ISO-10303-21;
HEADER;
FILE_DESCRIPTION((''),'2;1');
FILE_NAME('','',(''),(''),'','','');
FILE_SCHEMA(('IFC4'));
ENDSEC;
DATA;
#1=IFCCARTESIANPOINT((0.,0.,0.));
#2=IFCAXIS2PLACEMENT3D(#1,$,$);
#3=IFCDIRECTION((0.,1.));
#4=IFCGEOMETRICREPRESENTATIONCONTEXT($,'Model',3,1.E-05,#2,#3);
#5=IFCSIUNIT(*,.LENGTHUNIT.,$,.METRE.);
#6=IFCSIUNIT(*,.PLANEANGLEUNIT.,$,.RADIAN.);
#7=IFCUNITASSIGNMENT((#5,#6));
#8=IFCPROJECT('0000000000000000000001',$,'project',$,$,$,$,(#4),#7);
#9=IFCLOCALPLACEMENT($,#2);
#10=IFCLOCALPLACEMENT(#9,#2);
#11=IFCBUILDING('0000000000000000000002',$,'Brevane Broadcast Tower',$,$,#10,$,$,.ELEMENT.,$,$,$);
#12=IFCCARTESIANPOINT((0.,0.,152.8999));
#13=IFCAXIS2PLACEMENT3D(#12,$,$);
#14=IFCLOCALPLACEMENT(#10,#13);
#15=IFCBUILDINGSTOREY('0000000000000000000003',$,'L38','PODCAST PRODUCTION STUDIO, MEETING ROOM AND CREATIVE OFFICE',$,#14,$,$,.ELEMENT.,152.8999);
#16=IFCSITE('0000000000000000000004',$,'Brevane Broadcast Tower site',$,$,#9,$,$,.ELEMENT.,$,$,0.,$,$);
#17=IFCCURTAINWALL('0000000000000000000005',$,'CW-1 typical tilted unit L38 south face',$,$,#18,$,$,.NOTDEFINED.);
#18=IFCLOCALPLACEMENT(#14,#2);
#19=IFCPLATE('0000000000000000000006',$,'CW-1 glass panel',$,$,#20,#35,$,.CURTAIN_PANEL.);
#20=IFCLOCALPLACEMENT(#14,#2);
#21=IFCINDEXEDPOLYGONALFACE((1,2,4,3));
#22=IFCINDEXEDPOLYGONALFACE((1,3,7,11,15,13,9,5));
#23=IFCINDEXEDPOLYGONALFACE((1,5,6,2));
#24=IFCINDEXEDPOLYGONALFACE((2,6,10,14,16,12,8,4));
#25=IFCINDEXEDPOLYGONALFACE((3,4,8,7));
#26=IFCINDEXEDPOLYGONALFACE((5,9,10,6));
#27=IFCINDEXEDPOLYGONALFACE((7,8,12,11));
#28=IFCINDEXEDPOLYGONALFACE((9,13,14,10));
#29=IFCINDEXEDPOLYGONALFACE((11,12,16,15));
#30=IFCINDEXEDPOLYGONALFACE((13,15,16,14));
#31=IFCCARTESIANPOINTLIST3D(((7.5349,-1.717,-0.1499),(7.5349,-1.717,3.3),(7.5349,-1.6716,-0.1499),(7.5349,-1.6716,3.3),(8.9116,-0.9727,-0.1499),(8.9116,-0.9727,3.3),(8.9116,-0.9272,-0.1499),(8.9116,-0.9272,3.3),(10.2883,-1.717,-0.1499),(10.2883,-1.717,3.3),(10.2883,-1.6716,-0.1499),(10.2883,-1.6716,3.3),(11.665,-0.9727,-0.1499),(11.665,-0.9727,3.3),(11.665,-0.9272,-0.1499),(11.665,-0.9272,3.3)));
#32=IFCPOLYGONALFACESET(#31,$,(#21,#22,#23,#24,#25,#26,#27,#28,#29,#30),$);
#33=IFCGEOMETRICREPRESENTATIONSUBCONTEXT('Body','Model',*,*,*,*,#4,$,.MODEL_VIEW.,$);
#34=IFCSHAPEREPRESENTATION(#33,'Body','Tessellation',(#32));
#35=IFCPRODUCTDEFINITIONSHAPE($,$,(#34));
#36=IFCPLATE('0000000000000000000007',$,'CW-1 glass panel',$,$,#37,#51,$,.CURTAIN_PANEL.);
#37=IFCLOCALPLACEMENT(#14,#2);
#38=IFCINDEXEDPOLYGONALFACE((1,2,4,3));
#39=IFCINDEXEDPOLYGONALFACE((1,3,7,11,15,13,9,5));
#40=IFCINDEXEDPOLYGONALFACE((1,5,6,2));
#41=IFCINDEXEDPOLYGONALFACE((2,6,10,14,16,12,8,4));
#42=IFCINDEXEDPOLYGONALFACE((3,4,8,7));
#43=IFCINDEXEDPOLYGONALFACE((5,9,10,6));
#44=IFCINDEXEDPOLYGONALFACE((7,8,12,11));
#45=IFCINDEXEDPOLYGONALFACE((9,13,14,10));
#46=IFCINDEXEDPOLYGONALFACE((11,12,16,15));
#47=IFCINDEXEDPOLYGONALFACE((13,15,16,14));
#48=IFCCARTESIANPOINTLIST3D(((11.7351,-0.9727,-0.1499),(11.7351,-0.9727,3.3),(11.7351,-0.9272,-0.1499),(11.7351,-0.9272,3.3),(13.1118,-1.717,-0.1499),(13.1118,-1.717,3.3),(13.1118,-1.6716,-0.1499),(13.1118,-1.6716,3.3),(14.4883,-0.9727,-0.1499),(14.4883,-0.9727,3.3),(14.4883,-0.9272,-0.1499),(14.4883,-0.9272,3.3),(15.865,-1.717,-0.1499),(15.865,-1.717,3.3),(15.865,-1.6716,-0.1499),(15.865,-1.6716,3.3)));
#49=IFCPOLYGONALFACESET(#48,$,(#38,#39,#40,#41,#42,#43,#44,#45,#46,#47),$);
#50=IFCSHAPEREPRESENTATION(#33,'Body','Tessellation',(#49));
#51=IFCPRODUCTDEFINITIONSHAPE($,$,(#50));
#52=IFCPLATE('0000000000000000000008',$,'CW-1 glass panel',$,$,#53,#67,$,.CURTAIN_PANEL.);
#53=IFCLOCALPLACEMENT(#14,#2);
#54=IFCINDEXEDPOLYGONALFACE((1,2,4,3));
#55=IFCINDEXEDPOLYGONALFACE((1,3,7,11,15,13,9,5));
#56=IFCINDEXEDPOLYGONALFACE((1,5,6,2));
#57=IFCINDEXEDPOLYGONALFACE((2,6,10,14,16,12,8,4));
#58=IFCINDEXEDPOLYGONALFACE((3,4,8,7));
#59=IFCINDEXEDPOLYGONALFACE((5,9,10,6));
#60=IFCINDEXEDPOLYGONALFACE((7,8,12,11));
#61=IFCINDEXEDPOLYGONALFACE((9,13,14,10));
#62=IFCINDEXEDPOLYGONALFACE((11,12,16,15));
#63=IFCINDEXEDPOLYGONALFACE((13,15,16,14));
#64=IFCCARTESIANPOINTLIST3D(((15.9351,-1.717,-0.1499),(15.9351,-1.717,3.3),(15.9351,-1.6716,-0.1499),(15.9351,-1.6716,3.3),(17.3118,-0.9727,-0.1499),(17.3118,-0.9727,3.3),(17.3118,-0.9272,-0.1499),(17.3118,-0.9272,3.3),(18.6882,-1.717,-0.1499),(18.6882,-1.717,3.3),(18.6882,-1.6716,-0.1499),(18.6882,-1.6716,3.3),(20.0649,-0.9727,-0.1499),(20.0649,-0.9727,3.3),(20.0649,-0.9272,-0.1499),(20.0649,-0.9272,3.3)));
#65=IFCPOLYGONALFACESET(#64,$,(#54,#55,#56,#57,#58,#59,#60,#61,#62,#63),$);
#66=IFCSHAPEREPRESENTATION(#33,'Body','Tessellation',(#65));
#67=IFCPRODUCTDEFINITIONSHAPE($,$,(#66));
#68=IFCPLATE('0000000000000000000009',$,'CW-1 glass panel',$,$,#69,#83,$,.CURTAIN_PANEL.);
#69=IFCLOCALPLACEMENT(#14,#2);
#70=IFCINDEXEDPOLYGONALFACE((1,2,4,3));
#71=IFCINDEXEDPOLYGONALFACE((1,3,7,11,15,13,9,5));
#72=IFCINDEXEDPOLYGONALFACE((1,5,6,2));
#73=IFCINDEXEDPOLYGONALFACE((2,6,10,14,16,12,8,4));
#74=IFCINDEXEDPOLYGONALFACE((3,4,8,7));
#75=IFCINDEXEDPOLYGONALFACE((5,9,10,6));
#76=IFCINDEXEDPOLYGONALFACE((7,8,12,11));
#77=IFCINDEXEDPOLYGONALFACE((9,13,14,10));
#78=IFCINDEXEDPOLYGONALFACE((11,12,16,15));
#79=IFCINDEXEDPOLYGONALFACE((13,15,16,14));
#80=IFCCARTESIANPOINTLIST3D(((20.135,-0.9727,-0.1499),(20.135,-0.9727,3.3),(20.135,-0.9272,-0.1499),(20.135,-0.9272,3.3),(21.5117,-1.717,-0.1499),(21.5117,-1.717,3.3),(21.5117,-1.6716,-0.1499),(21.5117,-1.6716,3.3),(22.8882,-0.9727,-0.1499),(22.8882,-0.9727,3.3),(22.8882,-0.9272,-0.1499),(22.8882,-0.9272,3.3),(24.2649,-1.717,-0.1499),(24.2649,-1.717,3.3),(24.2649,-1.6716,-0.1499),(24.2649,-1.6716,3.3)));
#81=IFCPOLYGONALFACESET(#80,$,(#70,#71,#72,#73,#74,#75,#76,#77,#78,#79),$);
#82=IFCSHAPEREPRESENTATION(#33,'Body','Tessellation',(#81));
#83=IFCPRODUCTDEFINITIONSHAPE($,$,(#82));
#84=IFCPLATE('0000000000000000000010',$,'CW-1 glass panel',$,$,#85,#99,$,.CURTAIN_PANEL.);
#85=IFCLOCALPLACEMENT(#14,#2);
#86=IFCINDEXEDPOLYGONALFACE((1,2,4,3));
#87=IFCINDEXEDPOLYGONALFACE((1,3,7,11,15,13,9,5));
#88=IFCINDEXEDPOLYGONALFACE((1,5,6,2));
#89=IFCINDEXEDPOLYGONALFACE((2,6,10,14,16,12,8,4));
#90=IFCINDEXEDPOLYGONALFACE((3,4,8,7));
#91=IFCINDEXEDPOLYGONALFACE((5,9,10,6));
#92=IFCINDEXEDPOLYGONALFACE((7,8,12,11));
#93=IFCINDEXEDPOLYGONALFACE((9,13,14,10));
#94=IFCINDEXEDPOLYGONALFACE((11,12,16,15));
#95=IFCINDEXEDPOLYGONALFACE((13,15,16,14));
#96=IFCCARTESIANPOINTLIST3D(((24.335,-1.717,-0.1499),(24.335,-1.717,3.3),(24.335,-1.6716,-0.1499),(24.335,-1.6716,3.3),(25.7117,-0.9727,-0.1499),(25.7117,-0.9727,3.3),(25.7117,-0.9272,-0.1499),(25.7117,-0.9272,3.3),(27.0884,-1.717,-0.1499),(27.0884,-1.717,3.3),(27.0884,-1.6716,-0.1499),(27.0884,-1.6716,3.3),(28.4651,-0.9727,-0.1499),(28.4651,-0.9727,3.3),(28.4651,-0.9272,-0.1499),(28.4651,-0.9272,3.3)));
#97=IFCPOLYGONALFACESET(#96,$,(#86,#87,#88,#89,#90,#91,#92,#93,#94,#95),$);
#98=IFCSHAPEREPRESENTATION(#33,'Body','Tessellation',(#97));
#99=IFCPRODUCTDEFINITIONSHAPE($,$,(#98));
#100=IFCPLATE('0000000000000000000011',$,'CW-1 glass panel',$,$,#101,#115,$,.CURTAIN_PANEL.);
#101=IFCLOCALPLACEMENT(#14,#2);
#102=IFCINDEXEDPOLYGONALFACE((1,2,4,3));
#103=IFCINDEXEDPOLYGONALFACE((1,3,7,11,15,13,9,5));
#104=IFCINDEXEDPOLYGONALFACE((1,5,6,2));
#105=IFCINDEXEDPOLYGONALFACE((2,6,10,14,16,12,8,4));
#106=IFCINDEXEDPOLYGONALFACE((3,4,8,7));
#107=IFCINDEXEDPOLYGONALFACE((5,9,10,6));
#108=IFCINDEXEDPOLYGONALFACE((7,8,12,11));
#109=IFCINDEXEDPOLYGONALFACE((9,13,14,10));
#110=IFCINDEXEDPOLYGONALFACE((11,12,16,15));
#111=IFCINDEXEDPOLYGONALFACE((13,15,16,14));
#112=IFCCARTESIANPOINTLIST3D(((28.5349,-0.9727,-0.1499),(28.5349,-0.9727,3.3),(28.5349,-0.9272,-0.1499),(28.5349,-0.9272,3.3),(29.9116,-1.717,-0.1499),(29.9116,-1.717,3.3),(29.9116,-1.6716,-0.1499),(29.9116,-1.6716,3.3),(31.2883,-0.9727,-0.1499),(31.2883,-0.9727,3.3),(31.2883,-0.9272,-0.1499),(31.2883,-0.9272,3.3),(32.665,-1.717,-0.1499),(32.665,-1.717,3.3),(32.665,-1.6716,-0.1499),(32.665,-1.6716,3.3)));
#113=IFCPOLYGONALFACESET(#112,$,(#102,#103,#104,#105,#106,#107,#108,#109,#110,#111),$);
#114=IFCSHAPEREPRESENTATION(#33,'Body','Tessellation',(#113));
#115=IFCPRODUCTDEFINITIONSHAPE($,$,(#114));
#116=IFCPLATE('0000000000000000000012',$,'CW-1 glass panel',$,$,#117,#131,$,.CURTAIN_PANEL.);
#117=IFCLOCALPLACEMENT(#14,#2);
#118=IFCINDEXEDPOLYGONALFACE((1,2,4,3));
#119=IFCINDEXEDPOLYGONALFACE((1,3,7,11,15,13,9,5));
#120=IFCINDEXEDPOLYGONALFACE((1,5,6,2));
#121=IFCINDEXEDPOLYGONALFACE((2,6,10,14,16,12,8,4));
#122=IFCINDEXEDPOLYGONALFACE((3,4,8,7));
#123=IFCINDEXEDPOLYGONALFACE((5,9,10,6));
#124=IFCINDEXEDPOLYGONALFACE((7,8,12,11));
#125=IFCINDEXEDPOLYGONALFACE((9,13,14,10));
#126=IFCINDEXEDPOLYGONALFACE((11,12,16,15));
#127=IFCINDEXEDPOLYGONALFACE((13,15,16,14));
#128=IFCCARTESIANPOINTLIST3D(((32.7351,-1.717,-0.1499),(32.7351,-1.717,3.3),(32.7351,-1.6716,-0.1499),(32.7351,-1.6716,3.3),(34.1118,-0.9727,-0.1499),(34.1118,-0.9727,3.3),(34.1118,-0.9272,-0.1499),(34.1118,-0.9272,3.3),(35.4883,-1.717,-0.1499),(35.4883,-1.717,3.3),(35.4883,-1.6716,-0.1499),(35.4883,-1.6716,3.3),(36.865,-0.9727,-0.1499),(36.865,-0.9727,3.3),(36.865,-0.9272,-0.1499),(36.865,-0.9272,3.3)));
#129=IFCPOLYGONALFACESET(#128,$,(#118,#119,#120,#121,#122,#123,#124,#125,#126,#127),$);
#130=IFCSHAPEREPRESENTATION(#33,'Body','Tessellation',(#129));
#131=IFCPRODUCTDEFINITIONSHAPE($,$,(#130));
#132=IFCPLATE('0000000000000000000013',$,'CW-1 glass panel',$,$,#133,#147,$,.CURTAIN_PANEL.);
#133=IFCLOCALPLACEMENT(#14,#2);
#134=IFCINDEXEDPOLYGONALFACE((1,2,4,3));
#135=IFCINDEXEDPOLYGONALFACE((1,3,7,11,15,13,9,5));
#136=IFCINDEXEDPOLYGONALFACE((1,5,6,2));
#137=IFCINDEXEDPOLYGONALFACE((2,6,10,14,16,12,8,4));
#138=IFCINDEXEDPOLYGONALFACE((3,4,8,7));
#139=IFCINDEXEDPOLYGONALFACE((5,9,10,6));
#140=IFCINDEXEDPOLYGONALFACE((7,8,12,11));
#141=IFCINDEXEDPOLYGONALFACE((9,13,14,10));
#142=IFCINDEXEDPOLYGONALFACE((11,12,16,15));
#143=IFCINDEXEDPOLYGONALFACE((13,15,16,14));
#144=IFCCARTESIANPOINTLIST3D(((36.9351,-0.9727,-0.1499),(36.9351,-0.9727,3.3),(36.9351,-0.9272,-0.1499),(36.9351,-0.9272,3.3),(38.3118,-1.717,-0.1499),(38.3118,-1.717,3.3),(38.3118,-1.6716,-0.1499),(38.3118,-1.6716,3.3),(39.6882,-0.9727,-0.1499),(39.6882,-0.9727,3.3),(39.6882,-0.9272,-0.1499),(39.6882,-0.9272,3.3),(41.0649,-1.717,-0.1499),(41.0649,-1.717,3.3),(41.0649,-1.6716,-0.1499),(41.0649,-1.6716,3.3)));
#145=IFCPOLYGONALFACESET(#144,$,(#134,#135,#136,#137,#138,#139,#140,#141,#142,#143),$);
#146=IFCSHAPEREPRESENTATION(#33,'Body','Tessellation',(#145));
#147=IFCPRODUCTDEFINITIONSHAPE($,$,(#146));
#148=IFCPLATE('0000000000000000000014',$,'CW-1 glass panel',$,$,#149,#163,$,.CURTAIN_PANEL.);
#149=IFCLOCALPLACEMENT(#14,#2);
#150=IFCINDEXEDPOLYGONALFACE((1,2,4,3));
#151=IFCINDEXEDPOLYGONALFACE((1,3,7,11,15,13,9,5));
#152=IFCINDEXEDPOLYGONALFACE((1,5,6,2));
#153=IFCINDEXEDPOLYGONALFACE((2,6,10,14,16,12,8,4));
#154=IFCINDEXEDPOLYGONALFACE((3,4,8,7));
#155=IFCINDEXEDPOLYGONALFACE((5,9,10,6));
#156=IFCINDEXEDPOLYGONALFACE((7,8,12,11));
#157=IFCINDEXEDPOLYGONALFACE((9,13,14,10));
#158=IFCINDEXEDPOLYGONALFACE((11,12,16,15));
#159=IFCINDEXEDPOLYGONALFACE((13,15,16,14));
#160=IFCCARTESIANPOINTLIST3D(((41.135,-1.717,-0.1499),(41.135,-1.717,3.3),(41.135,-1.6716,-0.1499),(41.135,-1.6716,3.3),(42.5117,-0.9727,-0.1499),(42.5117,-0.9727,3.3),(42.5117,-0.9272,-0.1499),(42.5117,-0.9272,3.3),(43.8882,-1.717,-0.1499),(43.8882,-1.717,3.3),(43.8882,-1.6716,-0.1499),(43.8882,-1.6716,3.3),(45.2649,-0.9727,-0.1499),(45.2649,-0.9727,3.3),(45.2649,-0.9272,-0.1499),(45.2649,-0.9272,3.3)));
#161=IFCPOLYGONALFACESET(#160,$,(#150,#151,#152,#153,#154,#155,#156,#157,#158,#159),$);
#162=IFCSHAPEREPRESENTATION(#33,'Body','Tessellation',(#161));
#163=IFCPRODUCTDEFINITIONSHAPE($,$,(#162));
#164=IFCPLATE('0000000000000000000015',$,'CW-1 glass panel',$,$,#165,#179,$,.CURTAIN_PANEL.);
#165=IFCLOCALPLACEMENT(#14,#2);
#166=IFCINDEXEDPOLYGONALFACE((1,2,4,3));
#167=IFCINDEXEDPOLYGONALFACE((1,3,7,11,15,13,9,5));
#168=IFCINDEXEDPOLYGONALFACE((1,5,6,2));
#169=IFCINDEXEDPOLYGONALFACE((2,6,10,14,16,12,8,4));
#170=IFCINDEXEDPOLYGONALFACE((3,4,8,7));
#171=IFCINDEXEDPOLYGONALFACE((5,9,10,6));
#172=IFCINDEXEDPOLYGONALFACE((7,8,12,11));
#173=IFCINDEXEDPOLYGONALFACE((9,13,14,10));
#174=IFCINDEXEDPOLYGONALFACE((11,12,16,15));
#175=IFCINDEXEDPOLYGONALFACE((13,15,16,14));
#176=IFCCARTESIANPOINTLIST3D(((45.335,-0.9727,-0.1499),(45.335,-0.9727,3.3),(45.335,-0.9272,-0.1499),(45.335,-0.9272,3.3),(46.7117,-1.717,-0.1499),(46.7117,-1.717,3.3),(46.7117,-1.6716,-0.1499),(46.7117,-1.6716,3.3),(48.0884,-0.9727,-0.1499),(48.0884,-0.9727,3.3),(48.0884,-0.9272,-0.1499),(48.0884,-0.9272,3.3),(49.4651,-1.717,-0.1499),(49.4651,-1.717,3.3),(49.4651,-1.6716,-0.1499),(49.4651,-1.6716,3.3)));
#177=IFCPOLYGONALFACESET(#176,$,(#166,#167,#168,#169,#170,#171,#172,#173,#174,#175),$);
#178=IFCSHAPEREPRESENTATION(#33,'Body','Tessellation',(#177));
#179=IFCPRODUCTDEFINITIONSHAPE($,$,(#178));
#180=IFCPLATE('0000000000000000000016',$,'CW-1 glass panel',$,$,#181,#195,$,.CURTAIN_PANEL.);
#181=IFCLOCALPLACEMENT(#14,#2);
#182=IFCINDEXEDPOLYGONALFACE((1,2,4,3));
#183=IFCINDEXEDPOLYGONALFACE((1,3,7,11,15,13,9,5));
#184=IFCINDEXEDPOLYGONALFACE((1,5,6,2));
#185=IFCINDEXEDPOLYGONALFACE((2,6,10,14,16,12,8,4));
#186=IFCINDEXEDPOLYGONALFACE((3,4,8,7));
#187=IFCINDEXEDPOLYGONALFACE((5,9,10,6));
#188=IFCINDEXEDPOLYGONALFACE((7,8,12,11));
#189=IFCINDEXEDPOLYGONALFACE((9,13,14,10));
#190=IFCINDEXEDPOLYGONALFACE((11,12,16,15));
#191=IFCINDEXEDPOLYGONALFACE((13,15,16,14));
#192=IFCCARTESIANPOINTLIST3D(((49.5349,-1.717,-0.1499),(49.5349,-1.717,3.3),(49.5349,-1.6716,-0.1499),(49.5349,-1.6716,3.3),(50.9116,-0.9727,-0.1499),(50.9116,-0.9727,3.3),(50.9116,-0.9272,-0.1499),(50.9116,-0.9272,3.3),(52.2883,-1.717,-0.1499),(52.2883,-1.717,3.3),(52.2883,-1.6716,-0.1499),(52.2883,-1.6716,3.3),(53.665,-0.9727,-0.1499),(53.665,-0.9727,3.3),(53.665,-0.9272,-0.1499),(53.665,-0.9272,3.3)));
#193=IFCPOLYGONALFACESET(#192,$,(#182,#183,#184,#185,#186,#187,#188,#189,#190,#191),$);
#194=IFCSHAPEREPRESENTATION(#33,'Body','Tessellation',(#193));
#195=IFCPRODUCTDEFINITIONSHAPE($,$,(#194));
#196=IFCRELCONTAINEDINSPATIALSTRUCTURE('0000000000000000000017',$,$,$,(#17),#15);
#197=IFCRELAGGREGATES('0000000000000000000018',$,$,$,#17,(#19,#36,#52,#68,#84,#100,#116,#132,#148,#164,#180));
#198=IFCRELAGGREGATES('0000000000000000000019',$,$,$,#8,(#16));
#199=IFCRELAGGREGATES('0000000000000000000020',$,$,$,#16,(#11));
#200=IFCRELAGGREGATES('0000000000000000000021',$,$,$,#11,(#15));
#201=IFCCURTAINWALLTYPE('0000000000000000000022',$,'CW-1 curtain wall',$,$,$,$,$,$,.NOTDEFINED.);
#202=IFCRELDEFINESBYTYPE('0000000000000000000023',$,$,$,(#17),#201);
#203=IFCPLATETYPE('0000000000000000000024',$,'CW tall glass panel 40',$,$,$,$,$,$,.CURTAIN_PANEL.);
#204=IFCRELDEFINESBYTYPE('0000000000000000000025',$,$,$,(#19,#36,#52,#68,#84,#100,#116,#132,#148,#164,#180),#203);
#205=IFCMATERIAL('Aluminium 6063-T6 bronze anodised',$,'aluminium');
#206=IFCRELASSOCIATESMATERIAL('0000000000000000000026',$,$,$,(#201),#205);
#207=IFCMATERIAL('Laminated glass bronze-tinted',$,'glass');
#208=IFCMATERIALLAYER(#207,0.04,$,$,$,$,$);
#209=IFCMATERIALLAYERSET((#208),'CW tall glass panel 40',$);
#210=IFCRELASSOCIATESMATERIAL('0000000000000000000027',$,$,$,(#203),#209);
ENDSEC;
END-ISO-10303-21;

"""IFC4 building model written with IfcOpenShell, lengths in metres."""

from ifc_helpers import new_model, si_unit, direction, frame, origin, place, context, subcontext, project, spatial, polyline, outline, extrude, material, layer, layer_set, type_object, element, aggregate, save


model = new_model("IFC4")

# Units and contexts
model_context = context("Model", 3, precision=1e-05, world=origin(), true_north=direction((0.0, 1.0)))
body_context = subcontext(model_context, "Body", "Model", "MODEL_VIEW")
ifc_project = project(units=[si_unit("LENGTHUNIT", "METRE"), si_unit("PLANEANGLEUNIT", "RADIAN")], contexts=[model_context])

# Site, building, storey
site_placement = place(None, origin())
site = spatial("IfcSite", under=ifc_project, at=site_placement, Name="Brevane Broadcast Tower site", CompositionType="ELEMENT", RefElevation=0.0)
building_placement = place(site_placement, origin())
building = spatial("IfcBuilding", under=site, at=building_placement, Name="Brevane Broadcast Tower", CompositionType="ELEMENT")
storey_placement = place(building_placement, frame((0.0, 0.0, 152.8999)))
storey = spatial("IfcBuildingStorey", under=building, at=storey_placement, Name="L38", Description="PODCAST PRODUCTION STUDIO, MEETING ROOM AND CREATIVE OFFICE", CompositionType="ELEMENT", Elevation=152.8999)

# Curtain wall, plates
ifc_material_1 = material(Name="Aluminium 6063-T6 bronze anodised", Category="aluminium")
curtain_wall_type = type_object("IfcCurtainWallType", Name="CW-1 curtain wall", PredefinedType="NOTDEFINED", material=ifc_material_1)
curtain_wall_1_placement = place(storey_placement, origin())
curtain_wall_1 = element("IfcCurtainWall", 1, at=curtain_wall_1_placement, inside=storey, type_object=curtain_wall_type, Name="CW-1 typical tilted unit L38 south face", PredefinedType="NOTDEFINED")
ifc_material_2 = material(Name="Laminated glass bronze-tinted", Category="glass")
ifc_layer = layer(ifc_material_2, 0.04)
ifc_layer_set = layer_set([ifc_layer], Name="CW tall glass panel 40")
plate_type = type_object("IfcPlateType", Name="CW tall glass panel 40", PredefinedType="CURTAIN_PANEL", material=ifc_layer_set)
plate_1_placement = place(storey_placement, frame((0.0, 0.0, -0.1499)))
plate_1 = element("IfcPlate", 2, at=plate_1_placement, type_object=plate_type, Name="CW-1 glass panel", PredefinedType="CURTAIN_PANEL", context=body_context, shape_type="SweptSolid", body=[
    extrude(outline(polyline([(7.5349, -1.6716), (7.5349, -1.717), (8.9116, -0.9727), (10.2883, -1.717), (11.665, -0.9727), (11.665, -0.9272), (10.2883, -1.6716), (8.9116, -0.9272), (7.5349, -1.6716)])), origin(), (0.0, 0.0, 1.0), 3.45),
])
plate_2_placement = place(storey_placement, frame((0.0, 0.0, -0.1499)))
plate_2 = element("IfcPlate", 3, at=plate_2_placement, type_object=plate_type, Name="CW-1 glass panel", PredefinedType="CURTAIN_PANEL", context=body_context, shape_type="SweptSolid", body=[
    extrude(outline(polyline([(11.7351, -0.9272), (11.7351, -0.9727), (13.1118, -1.717), (14.4883, -0.9727), (15.865, -1.717), (15.865, -1.6716), (14.4883, -0.9272), (13.1118, -1.6716), (11.7351, -0.9272)])), origin(), (0.0, 0.0, 1.0), 3.45),
])
plate_3_placement = place(storey_placement, frame((0.0, 0.0, -0.1499)))
plate_3 = element("IfcPlate", 4, at=plate_3_placement, type_object=plate_type, Name="CW-1 glass panel", PredefinedType="CURTAIN_PANEL", context=body_context, shape_type="SweptSolid", body=[
    extrude(outline(polyline([(15.9351, -1.6716), (15.9351, -1.717), (17.3118, -0.9727), (18.6882, -1.717), (20.0649, -0.9727), (20.0649, -0.9272), (18.6882, -1.6716), (17.3118, -0.9272), (15.9351, -1.6716)])), origin(), (0.0, 0.0, 1.0), 3.45),
])
plate_4_placement = place(storey_placement, frame((0.0, 0.0, -0.1499)))
plate_4 = element("IfcPlate", 5, at=plate_4_placement, type_object=plate_type, Name="CW-1 glass panel", PredefinedType="CURTAIN_PANEL", context=body_context, shape_type="SweptSolid", body=[
    extrude(outline(polyline([(20.135, -0.9272), (20.135, -0.9727), (21.5117, -1.717), (22.8882, -0.9727), (24.2649, -1.717), (24.2649, -1.6716), (22.8882, -0.9272), (21.5117, -1.6716), (20.135, -0.9272)])), origin(), (0.0, 0.0, 1.0), 3.45),
])
plate_5_placement = place(storey_placement, frame((0.0, 0.0, -0.1499)))
plate_5 = element("IfcPlate", 6, at=plate_5_placement, type_object=plate_type, Name="CW-1 glass panel", PredefinedType="CURTAIN_PANEL", context=body_context, shape_type="SweptSolid", body=[
    extrude(outline(polyline([(24.335, -1.6716), (24.335, -1.717), (25.7117, -0.9727), (27.0884, -1.717), (28.4651, -0.9727), (28.4651, -0.9272), (27.0884, -1.6716), (25.7117, -0.9272), (24.335, -1.6716)])), origin(), (0.0, 0.0, 1.0), 3.45),
])
plate_6_placement = place(storey_placement, frame((0.0, 0.0, -0.1499)))
plate_6 = element("IfcPlate", 7, at=plate_6_placement, type_object=plate_type, Name="CW-1 glass panel", PredefinedType="CURTAIN_PANEL", context=body_context, shape_type="SweptSolid", body=[
    extrude(outline(polyline([(28.5349, -0.9272), (28.5349, -0.9727), (29.9116, -1.717), (31.2883, -0.9727), (32.665, -1.717), (32.665, -1.6716), (31.2883, -0.9272), (29.9116, -1.6716), (28.5349, -0.9272)])), origin(), (0.0, 0.0, 1.0), 3.45),
])
plate_7_placement = place(storey_placement, frame((0.0, 0.0, -0.1499)))
plate_7 = element("IfcPlate", 8, at=plate_7_placement, type_object=plate_type, Name="CW-1 glass panel", PredefinedType="CURTAIN_PANEL", context=body_context, shape_type="SweptSolid", body=[
    extrude(outline(polyline([(32.7351, -1.6716), (32.7351, -1.717), (34.1118, -0.9727), (35.4883, -1.717), (36.865, -0.9727), (36.865, -0.9272), (35.4883, -1.6716), (34.1118, -0.9272), (32.7351, -1.6716)])), origin(), (0.0, 0.0, 1.0), 3.45),
])
plate_8_placement = place(storey_placement, frame((0.0, 0.0, -0.1499)))
plate_8 = element("IfcPlate", 9, at=plate_8_placement, type_object=plate_type, Name="CW-1 glass panel", PredefinedType="CURTAIN_PANEL", context=body_context, shape_type="SweptSolid", body=[
    extrude(outline(polyline([(36.9351, -0.9272), (36.9351, -0.9727), (38.3118, -1.717), (39.6882, -0.9727), (41.0649, -1.717), (41.0649, -1.6716), (39.6882, -0.9272), (38.3118, -1.6716), (36.9351, -0.9272)])), origin(), (0.0, 0.0, 1.0), 3.45),
])
plate_9_placement = place(storey_placement, frame((0.0, 0.0, -0.1499)))
plate_9 = element("IfcPlate", 10, at=plate_9_placement, type_object=plate_type, Name="CW-1 glass panel", PredefinedType="CURTAIN_PANEL", context=body_context, shape_type="SweptSolid", body=[
    extrude(outline(polyline([(41.135, -1.6716), (41.135, -1.717), (42.5117, -0.9727), (43.8882, -1.717), (45.2649, -0.9727), (45.2649, -0.9272), (43.8882, -1.6716), (42.5117, -0.9272), (41.135, -1.6716)])), origin(), (0.0, 0.0, 1.0), 3.45),
])
plate_10_placement = place(storey_placement, frame((0.0, 0.0, -0.1499)))
plate_10 = element("IfcPlate", 11, at=plate_10_placement, type_object=plate_type, Name="CW-1 glass panel", PredefinedType="CURTAIN_PANEL", context=body_context, shape_type="SweptSolid", body=[
    extrude(outline(polyline([(45.335, -0.9272), (45.335, -0.9727), (46.7117, -1.717), (48.0884, -0.9727), (49.4651, -1.717), (49.4651, -1.6716), (48.0884, -0.9272), (46.7117, -1.6716), (45.335, -0.9272)])), origin(), (0.0, 0.0, 1.0), 3.45),
])
plate_11_placement = place(storey_placement, frame((0.0, 0.0, -0.1499)))
plate_11 = element("IfcPlate", 12, at=plate_11_placement, type_object=plate_type, Name="CW-1 glass panel", PredefinedType="CURTAIN_PANEL", context=body_context, shape_type="SweptSolid", body=[
    extrude(outline(polyline([(49.5349, -1.6716), (49.5349, -1.717), (50.9116, -0.9727), (52.2883, -1.717), (53.665, -0.9727), (53.665, -0.9272), (52.2883, -1.6716), (50.9116, -0.9272), (49.5349, -1.6716)])), origin(), (0.0, 0.0, 1.0), 3.45),
])
aggregate(curtain_wall_1, [plate_1, plate_2, plate_3, plate_4, plate_5, plate_6, plate_7, plate_8, plate_9, plate_10, plate_11])

save(model, "model.ifc")
